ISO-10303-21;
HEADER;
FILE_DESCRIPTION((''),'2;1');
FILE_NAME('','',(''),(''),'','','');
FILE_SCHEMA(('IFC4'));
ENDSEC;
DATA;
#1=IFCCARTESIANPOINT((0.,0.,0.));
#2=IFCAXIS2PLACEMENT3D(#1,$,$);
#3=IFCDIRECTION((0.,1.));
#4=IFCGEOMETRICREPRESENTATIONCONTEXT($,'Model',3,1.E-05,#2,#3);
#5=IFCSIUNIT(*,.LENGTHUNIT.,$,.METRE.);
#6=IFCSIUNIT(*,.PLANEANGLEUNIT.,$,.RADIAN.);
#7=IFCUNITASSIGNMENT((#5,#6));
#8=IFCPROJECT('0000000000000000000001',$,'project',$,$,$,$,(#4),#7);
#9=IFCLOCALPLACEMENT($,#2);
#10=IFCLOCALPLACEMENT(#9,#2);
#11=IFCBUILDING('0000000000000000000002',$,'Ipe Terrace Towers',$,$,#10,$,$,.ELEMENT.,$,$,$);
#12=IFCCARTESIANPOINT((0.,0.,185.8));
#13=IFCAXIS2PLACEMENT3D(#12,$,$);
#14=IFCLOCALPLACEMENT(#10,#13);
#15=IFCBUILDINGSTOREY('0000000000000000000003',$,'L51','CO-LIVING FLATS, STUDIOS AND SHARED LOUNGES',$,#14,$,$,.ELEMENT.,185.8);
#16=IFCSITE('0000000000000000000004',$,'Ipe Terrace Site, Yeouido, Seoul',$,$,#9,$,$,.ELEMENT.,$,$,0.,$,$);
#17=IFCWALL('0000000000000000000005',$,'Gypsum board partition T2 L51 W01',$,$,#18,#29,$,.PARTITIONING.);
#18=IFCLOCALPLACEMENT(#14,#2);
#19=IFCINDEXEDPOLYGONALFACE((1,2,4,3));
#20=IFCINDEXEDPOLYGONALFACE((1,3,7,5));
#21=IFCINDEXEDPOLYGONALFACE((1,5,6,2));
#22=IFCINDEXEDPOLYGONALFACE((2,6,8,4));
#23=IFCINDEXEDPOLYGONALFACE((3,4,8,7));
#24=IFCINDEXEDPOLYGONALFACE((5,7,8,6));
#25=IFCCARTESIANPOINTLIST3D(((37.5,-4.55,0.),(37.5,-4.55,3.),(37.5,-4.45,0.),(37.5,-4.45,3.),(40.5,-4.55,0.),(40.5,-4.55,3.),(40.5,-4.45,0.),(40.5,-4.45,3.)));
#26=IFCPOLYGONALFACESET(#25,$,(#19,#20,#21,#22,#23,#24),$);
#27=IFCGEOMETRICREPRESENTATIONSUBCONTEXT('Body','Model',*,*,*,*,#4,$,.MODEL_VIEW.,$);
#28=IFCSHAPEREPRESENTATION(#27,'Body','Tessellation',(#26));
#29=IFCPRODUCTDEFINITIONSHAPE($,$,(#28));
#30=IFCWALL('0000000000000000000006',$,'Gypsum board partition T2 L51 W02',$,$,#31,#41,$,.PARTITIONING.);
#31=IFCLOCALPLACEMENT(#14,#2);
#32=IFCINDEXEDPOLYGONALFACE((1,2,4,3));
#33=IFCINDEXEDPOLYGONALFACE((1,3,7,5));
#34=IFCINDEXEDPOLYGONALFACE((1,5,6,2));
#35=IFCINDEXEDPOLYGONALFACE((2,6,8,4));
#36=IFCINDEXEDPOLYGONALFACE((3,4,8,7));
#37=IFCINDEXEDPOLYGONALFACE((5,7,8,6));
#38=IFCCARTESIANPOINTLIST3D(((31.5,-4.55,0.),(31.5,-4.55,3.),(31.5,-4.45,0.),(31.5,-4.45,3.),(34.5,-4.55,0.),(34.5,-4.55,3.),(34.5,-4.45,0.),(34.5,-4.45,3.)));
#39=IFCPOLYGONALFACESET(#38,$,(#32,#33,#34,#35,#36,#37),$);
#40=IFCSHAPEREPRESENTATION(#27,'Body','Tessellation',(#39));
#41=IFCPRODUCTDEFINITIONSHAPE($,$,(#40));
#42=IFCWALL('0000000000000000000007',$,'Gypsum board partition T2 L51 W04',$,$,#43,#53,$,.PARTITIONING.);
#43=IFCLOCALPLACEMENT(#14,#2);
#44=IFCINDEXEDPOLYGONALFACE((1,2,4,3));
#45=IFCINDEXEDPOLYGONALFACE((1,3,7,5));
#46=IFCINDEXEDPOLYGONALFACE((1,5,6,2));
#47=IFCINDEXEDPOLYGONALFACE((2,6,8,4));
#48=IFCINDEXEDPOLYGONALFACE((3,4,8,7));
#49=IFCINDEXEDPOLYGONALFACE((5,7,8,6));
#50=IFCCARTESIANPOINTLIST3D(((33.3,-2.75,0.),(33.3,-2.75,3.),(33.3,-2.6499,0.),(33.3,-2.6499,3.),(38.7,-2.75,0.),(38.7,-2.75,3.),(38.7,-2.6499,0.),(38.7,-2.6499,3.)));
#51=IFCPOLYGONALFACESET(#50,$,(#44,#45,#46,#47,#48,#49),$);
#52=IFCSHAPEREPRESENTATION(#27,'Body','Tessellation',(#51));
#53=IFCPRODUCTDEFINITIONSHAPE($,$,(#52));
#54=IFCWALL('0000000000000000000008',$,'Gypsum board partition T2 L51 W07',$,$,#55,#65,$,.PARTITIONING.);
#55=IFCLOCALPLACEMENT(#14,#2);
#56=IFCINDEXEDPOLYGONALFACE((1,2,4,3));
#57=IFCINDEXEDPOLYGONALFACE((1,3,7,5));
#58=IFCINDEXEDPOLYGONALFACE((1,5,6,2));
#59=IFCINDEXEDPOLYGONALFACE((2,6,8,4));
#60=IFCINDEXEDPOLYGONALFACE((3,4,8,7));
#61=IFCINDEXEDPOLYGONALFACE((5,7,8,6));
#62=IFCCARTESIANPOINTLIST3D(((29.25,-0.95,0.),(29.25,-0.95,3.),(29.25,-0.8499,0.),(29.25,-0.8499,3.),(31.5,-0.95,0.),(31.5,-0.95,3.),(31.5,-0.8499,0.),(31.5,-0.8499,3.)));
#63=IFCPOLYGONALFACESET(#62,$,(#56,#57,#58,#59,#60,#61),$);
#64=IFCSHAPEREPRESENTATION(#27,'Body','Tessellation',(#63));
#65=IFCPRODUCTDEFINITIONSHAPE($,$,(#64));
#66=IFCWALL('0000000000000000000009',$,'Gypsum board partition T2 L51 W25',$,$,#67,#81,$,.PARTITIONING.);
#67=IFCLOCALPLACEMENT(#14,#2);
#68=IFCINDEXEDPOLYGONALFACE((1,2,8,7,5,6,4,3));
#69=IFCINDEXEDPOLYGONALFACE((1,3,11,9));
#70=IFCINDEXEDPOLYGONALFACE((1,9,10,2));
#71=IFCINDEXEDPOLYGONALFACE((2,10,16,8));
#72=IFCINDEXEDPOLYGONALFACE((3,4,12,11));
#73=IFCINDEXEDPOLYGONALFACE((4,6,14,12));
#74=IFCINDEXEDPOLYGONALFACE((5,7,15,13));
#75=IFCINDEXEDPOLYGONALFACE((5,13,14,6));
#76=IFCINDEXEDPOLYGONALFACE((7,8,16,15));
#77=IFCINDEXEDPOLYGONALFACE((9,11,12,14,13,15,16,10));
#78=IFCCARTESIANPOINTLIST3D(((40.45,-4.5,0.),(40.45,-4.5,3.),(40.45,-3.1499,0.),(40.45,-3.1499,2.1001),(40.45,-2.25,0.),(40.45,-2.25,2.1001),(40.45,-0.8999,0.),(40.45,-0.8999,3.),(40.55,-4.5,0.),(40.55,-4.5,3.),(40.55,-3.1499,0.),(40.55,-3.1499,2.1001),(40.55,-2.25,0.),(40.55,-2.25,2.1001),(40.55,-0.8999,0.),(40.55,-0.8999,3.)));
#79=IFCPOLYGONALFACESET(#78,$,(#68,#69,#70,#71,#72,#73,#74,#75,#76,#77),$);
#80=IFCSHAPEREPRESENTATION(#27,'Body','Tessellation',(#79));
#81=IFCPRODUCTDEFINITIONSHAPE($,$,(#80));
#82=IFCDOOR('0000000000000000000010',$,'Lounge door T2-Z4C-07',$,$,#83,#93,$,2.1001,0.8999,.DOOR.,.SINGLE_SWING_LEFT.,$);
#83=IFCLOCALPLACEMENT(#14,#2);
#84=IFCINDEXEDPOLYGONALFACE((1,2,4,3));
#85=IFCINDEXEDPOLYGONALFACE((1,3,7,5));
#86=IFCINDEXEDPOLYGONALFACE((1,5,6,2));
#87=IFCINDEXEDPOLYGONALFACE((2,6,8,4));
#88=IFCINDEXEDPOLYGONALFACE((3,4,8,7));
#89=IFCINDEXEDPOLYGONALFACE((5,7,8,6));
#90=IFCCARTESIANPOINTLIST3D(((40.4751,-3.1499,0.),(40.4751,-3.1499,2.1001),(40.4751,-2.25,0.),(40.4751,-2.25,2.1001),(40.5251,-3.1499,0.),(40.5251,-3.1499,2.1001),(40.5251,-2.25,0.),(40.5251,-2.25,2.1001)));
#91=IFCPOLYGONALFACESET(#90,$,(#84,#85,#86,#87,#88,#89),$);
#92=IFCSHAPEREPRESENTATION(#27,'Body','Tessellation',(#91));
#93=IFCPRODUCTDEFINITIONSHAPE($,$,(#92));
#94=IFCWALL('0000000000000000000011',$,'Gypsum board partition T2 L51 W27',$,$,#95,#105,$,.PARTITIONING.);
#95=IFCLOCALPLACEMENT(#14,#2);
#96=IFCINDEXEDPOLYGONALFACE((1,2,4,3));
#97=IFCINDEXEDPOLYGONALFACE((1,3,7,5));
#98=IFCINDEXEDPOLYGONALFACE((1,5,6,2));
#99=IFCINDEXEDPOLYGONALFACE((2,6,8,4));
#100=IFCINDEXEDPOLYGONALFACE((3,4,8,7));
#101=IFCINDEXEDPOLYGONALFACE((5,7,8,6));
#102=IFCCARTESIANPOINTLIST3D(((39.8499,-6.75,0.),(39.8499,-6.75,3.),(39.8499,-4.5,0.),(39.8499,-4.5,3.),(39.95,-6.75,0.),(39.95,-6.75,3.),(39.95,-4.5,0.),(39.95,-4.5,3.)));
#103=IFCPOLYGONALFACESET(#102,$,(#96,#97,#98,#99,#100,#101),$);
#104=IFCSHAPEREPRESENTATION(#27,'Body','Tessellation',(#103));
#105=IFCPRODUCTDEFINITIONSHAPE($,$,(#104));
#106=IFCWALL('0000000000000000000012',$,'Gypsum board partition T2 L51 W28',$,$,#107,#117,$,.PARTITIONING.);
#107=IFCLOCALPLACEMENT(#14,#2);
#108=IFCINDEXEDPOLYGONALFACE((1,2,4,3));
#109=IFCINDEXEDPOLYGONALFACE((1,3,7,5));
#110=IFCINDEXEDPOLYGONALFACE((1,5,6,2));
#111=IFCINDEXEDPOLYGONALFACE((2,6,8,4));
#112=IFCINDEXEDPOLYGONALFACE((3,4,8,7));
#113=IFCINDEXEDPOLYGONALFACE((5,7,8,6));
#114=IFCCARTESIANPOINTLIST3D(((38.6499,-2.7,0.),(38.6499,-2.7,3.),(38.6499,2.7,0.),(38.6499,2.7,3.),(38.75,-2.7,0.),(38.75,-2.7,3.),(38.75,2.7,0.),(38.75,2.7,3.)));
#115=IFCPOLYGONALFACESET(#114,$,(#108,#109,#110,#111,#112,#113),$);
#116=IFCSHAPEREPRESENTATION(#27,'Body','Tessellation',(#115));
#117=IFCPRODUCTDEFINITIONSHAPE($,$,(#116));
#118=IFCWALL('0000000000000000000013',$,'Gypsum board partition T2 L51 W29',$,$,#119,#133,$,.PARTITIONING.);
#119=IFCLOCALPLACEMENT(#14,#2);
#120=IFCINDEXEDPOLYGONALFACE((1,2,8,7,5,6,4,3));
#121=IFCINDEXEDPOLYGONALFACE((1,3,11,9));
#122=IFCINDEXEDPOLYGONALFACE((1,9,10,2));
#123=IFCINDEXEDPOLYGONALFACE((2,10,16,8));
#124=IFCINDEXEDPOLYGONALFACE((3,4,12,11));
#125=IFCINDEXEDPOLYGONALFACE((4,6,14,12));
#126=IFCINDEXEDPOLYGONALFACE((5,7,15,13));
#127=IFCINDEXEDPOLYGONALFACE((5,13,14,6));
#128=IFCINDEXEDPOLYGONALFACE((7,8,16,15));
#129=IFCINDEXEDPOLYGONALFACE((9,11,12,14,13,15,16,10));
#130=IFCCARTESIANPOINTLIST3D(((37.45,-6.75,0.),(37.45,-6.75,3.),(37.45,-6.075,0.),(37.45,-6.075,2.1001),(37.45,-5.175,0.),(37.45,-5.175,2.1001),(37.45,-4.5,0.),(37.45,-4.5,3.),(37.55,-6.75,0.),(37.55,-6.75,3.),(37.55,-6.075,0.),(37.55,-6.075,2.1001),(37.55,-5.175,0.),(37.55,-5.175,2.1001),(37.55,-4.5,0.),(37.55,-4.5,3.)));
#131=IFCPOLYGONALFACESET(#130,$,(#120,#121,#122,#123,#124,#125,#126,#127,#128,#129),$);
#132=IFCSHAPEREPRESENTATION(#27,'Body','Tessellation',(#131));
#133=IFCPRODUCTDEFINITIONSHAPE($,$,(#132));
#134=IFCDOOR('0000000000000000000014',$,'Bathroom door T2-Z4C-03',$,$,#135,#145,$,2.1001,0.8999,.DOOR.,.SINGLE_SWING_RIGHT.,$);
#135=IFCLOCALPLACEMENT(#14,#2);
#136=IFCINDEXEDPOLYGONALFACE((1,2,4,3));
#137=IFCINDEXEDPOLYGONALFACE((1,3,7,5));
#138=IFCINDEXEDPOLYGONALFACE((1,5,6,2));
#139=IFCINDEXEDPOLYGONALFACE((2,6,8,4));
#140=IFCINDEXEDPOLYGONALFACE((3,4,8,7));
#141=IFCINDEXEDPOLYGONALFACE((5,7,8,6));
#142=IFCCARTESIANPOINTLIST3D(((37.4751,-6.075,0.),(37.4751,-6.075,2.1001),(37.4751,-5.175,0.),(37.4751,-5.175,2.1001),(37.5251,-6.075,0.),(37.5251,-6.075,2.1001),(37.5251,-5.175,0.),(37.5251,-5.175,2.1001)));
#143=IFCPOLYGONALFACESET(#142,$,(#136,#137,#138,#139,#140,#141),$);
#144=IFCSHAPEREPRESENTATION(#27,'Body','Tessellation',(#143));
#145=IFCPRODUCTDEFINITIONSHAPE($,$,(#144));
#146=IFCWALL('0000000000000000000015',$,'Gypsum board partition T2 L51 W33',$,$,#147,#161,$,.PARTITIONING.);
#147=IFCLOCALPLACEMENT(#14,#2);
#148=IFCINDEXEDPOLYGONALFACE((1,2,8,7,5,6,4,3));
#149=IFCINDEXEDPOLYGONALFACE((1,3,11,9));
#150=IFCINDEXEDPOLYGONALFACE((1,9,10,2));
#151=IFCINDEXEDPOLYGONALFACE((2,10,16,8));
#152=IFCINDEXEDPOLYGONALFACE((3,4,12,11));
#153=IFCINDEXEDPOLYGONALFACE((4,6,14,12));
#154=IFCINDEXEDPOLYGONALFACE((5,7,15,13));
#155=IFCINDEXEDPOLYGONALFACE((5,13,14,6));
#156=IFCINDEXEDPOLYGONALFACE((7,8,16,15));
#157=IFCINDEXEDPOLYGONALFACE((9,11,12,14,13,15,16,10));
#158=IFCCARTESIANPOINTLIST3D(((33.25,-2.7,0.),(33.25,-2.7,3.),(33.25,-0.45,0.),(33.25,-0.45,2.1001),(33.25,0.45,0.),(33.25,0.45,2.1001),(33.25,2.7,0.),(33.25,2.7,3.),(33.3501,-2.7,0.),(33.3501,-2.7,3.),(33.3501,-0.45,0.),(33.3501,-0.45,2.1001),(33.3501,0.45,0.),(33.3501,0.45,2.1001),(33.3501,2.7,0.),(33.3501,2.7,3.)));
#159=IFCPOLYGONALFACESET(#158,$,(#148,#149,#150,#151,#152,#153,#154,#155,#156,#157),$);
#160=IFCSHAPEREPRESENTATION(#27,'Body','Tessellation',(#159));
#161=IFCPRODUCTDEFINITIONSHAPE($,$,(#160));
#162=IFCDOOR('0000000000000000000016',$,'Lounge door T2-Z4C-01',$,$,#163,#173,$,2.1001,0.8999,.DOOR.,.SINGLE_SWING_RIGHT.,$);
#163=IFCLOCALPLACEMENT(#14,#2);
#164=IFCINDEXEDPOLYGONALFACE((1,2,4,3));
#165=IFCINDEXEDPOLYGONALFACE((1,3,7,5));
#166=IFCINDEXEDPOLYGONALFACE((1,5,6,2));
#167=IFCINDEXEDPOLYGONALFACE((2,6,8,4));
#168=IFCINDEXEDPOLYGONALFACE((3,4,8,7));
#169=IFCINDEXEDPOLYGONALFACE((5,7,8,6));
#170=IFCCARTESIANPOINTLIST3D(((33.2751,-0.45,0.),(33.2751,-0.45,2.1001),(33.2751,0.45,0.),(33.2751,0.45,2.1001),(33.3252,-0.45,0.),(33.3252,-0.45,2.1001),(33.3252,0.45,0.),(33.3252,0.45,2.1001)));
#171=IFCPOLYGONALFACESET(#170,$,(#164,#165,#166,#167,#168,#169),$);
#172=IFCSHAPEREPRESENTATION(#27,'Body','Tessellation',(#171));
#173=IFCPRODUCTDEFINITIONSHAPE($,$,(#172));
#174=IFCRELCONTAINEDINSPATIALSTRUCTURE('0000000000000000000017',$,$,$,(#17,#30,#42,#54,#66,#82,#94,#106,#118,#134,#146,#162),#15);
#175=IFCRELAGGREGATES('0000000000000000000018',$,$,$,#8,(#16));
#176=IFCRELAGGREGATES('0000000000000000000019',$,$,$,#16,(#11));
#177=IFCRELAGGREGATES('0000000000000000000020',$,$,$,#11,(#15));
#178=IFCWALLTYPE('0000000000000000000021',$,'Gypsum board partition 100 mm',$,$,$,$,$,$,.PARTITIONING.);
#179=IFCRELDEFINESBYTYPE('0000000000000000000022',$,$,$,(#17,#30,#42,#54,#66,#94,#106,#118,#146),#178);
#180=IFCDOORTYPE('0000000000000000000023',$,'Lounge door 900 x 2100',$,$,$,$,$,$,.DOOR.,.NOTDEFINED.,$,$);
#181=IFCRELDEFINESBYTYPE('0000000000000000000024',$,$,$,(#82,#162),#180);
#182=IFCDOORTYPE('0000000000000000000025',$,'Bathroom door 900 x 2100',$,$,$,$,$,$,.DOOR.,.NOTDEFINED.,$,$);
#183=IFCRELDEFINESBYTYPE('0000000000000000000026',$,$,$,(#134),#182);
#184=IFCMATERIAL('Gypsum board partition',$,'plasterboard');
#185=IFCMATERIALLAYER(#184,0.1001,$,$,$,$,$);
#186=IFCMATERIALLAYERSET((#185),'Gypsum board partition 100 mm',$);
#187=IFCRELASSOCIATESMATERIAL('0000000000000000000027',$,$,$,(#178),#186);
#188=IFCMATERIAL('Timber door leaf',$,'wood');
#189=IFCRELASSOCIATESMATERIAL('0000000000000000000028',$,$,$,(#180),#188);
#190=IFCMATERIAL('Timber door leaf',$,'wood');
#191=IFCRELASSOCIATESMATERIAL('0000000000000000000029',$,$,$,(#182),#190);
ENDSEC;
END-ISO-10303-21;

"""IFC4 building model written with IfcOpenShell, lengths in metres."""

from ifc_helpers import new_model, si_unit, direction, frame, frame_2d, origin, place, context, subcontext, project, spatial, rectangle, extrude, material, layer, layer_set, type_object, element, fill, save


model = new_model("IFC4")

# Units and contexts
model_context = context("Model", 3, precision=1e-05, world=origin(), true_north=direction((0.0, 1.0)))
body_context = subcontext(model_context, "Body", "Model", "MODEL_VIEW")
ifc_project = project(units=[si_unit("LENGTHUNIT", "METRE"), si_unit("PLANEANGLEUNIT", "RADIAN")], contexts=[model_context])

# Site, building, storey
site_placement = place(None, origin())
site = spatial("IfcSite", under=ifc_project, at=site_placement, Name="Ipe Terrace Site, Yeouido, Seoul", CompositionType="ELEMENT", RefElevation=0.0)
building_placement = place(site_placement, origin())
building = spatial("IfcBuilding", under=site, at=building_placement, Name="Ipe Terrace Towers", CompositionType="ELEMENT")
storey_placement = place(building_placement, frame((0.0, 0.0, 185.8)))
storey = spatial("IfcBuildingStorey", under=building, at=storey_placement, Name="L51", Description="CO-LIVING FLATS, STUDIOS AND SHARED LOUNGES", CompositionType="ELEMENT", Elevation=185.8)

# Walls
ifc_material_1 = material(Name="Gypsum board partition", Category="plasterboard")
ifc_layer = layer(ifc_material_1, 0.1001)
ifc_layer_set = layer_set([ifc_layer], Name="Gypsum board partition 100 mm")
wall_type = type_object("IfcWallType", Name="Gypsum board partition 100 mm", PredefinedType="PARTITIONING", material=ifc_layer_set)
for number, where, z_axis, x_axis, name in (
    (1, (40.5, -4.5, 0.0), (0.0, 0.0, 1.0), (-1.0, 0.0, 0.0), "Gypsum board partition T2 L51 W01"),
    (2, (34.5, -4.5, 0.0), (0.0, 0.0, 1.0), (-1.0, 0.0, 0.0), "Gypsum board partition T2 L51 W02"),
):
    element("IfcWall", number, at=place(storey_placement, frame(where, z_axis=z_axis, x_axis=x_axis)), inside=storey, type_object=wall_type, Name=name, PredefinedType="PARTITIONING", context=body_context, shape_type="SweptSolid", body=[
        extrude(rectangle(XDim=3.0, YDim=0.1001, at=frame_2d((1.5, 0.0))), origin(), (0.0, 0.0, 1.0), 3.0),
    ])
wall_1_placement = place(storey_placement, frame((38.7, -2.7, 0.0), z_axis=(0.0, 0.0, 1.0), x_axis=(-1.0, 0.0, 0.0)))
element("IfcWall", 3, at=wall_1_placement, inside=storey, type_object=wall_type, Name="Gypsum board partition T2 L51 W04", PredefinedType="PARTITIONING", context=body_context, shape_type="SweptSolid", body=[
    extrude(rectangle(XDim=5.3999, YDim=0.1001, at=frame_2d((2.7, 0.0))), origin(), (0.0, 0.0, 1.0), 3.0),
])
wall_2_placement = place(storey_placement, frame((31.5, -0.8999, 0.0), z_axis=(0.0, 0.0, 1.0), x_axis=(-1.0, 0.0, 0.0)))
element("IfcWall", 4, at=wall_2_placement, inside=storey, type_object=wall_type, Name="Gypsum board partition T2 L51 W07", PredefinedType="PARTITIONING", context=body_context, shape_type="SweptSolid", body=[
    extrude(rectangle(XDim=2.25, YDim=0.1001, at=frame_2d((1.125, 0.0))), origin(), (0.0, 0.0, 1.0), 3.0),
])

# Wall, opening, door
wall_3_placement = place(storey_placement, frame((40.5, -4.5, 0.0), z_axis=(0.0, 0.0, 1.0), x_axis=(0.0, 1.0, 0.0)))
wall_3 = element("IfcWall", 5, at=wall_3_placement, inside=storey, type_object=wall_type, Name="Gypsum board partition T2 L51 W25", PredefinedType="PARTITIONING", context=body_context, shape_type="SweptSolid", body=[
    extrude(rectangle(XDim=3.6001, YDim=0.1001, at=frame_2d((1.8, 0.0))), origin(), (0.0, 0.0, 1.0), 3.0),
])
opening_1_placement = place(wall_3_placement, frame((1.3501, 0.0, 0.0)))
opening_1 = element("IfcOpeningElement", 6, at=opening_1_placement, cuts=wall_3, PredefinedType="OPENING", context=body_context, shape_type="SweptSolid", body=[
    extrude(rectangle(XDim=0.8999, YDim=2.1001, at=frame_2d((0.45, 1.05))), frame((0.0, 0.0601, 0.0), z_axis=(0.0, -1.0, 0.0), x_axis=(1.0, 0.0, 0.0)), (0.0, 0.0, 1.0), 0.1201),
])
ifc_material_2 = material(Name="Timber door leaf", Category="wood")
door_type_1 = type_object("IfcDoorType", Name="Lounge door 900 x 2100", OperationType="NOTDEFINED", PredefinedType="DOOR", material=ifc_material_2)
door_1_placement = place(opening_1_placement, origin())
door_1 = element("IfcDoor", 7, at=door_1_placement, inside=storey, type_object=door_type_1, Name="Lounge door T2-Z4C-07", OperationType="SINGLE_SWING_LEFT", OverallHeight=2.1001, OverallWidth=0.8999, PredefinedType="DOOR", context=body_context, shape_type="SweptSolid", body=[
    extrude(rectangle(XDim=0.8999, YDim=2.1001, at=frame_2d((0.45, 1.05))), frame((0.0, 0.0249, 0.0), z_axis=(0.0, -1.0, 0.0), x_axis=(1.0, 0.0, 0.0)), (0.0, 0.0, 1.0), 0.05),
])
fill(opening_1, door_1)

# Walls
wall_4_placement = place(storey_placement, frame((39.8999, -6.75, 0.0), z_axis=(0.0, 0.0, 1.0), x_axis=(0.0, 1.0, 0.0)))
element("IfcWall", 8, at=wall_4_placement, inside=storey, type_object=wall_type, Name="Gypsum board partition T2 L51 W27", PredefinedType="PARTITIONING", context=body_context, shape_type="SweptSolid", body=[
    extrude(rectangle(XDim=2.25, YDim=0.1001, at=frame_2d((1.125, 0.0))), origin(), (0.0, 0.0, 1.0), 3.0),
])
wall_5_placement = place(storey_placement, frame((38.7, -2.7, 0.0), z_axis=(0.0, 0.0, 1.0), x_axis=(0.0, 1.0, 0.0)))
element("IfcWall", 9, at=wall_5_placement, inside=storey, type_object=wall_type, Name="Gypsum board partition T2 L51 W28", PredefinedType="PARTITIONING", context=body_context, shape_type="SweptSolid", body=[
    extrude(rectangle(XDim=5.3999, YDim=0.1001, at=frame_2d((2.7, 0.0))), origin(), (0.0, 0.0, 1.0), 3.0),
])

# Walls, openings, doors
wall_6_placement = place(storey_placement, frame((37.5, -6.75, 0.0), z_axis=(0.0, 0.0, 1.0), x_axis=(0.0, 1.0, 0.0)))
wall_6 = element("IfcWall", 10, at=wall_6_placement, inside=storey, type_object=wall_type, Name="Gypsum board partition T2 L51 W29", PredefinedType="PARTITIONING", context=body_context, shape_type="SweptSolid", body=[
    extrude(rectangle(XDim=2.25, YDim=0.1001, at=frame_2d((1.125, 0.0))), origin(), (0.0, 0.0, 1.0), 3.0),
])
opening_2_placement = place(wall_6_placement, frame((0.675, 0.0, 0.0)))
opening_2 = element("IfcOpeningElement", 11, at=opening_2_placement, cuts=wall_6, PredefinedType="OPENING", context=body_context, shape_type="SweptSolid", body=[
    extrude(rectangle(XDim=0.8999, YDim=2.1001, at=frame_2d((0.45, 1.05))), frame((0.0, 0.0601, 0.0), z_axis=(0.0, -1.0, 0.0), x_axis=(1.0, 0.0, 0.0)), (0.0, 0.0, 1.0), 0.1201),
])
ifc_material_3 = material(Name="Timber door leaf", Category="wood")
door_type_2 = type_object("IfcDoorType", Name="Bathroom door 900 x 2100", OperationType="NOTDEFINED", PredefinedType="DOOR", material=ifc_material_3)
door_2_placement = place(opening_2_placement, origin())
door_2 = element("IfcDoor", 12, at=door_2_placement, inside=storey, type_object=door_type_2, Name="Bathroom door T2-Z4C-03", OperationType="SINGLE_SWING_RIGHT", OverallHeight=2.1001, OverallWidth=0.8999, PredefinedType="DOOR", context=body_context, shape_type="SweptSolid", body=[
    extrude(rectangle(XDim=0.8999, YDim=2.1001, at=frame_2d((0.45, 1.05))), frame((0.0, 0.0249, 0.0), z_axis=(0.0, -1.0, 0.0), x_axis=(1.0, 0.0, 0.0)), (0.0, 0.0, 1.0), 0.05),
])
fill(opening_2, door_2)
wall_7_placement = place(storey_placement, frame((33.3, -2.7, 0.0), z_axis=(0.0, 0.0, 1.0), x_axis=(0.0, 1.0, 0.0)))
wall_7 = element("IfcWall", 13, at=wall_7_placement, inside=storey, type_object=wall_type, Name="Gypsum board partition T2 L51 W33", PredefinedType="PARTITIONING", context=body_context, shape_type="SweptSolid", body=[
    extrude(rectangle(XDim=5.3999, YDim=0.1001, at=frame_2d((2.7, 0.0))), origin(), (0.0, 0.0, 1.0), 3.0),
])
opening_3_placement = place(wall_7_placement, frame((2.25, 0.0, 0.0)))
opening_3 = element("IfcOpeningElement", 14, at=opening_3_placement, cuts=wall_7, PredefinedType="OPENING", context=body_context, shape_type="SweptSolid", body=[
    extrude(rectangle(XDim=0.8999, YDim=2.1001, at=frame_2d((0.45, 1.05))), frame((0.0, 0.0601, 0.0), z_axis=(0.0, -1.0, 0.0), x_axis=(1.0, 0.0, 0.0)), (0.0, 0.0, 1.0), 0.1201),
])
door_3_placement = place(opening_3_placement, origin())
door_3 = element("IfcDoor", 15, at=door_3_placement, inside=storey, type_object=door_type_1, Name="Lounge door T2-Z4C-01", OperationType="SINGLE_SWING_RIGHT", OverallHeight=2.1001, OverallWidth=0.8999, PredefinedType="DOOR", context=body_context, shape_type="SweptSolid", body=[
    extrude(rectangle(XDim=0.8999, YDim=2.1001, at=frame_2d((0.45, 1.05))), frame((0.0, 0.0249, 0.0), z_axis=(0.0, -1.0, 0.0), x_axis=(1.0, 0.0, 0.0)), (0.0, 0.0, 1.0), 0.05),
])
fill(opening_3, door_3)

save(model, "model.ifc")
